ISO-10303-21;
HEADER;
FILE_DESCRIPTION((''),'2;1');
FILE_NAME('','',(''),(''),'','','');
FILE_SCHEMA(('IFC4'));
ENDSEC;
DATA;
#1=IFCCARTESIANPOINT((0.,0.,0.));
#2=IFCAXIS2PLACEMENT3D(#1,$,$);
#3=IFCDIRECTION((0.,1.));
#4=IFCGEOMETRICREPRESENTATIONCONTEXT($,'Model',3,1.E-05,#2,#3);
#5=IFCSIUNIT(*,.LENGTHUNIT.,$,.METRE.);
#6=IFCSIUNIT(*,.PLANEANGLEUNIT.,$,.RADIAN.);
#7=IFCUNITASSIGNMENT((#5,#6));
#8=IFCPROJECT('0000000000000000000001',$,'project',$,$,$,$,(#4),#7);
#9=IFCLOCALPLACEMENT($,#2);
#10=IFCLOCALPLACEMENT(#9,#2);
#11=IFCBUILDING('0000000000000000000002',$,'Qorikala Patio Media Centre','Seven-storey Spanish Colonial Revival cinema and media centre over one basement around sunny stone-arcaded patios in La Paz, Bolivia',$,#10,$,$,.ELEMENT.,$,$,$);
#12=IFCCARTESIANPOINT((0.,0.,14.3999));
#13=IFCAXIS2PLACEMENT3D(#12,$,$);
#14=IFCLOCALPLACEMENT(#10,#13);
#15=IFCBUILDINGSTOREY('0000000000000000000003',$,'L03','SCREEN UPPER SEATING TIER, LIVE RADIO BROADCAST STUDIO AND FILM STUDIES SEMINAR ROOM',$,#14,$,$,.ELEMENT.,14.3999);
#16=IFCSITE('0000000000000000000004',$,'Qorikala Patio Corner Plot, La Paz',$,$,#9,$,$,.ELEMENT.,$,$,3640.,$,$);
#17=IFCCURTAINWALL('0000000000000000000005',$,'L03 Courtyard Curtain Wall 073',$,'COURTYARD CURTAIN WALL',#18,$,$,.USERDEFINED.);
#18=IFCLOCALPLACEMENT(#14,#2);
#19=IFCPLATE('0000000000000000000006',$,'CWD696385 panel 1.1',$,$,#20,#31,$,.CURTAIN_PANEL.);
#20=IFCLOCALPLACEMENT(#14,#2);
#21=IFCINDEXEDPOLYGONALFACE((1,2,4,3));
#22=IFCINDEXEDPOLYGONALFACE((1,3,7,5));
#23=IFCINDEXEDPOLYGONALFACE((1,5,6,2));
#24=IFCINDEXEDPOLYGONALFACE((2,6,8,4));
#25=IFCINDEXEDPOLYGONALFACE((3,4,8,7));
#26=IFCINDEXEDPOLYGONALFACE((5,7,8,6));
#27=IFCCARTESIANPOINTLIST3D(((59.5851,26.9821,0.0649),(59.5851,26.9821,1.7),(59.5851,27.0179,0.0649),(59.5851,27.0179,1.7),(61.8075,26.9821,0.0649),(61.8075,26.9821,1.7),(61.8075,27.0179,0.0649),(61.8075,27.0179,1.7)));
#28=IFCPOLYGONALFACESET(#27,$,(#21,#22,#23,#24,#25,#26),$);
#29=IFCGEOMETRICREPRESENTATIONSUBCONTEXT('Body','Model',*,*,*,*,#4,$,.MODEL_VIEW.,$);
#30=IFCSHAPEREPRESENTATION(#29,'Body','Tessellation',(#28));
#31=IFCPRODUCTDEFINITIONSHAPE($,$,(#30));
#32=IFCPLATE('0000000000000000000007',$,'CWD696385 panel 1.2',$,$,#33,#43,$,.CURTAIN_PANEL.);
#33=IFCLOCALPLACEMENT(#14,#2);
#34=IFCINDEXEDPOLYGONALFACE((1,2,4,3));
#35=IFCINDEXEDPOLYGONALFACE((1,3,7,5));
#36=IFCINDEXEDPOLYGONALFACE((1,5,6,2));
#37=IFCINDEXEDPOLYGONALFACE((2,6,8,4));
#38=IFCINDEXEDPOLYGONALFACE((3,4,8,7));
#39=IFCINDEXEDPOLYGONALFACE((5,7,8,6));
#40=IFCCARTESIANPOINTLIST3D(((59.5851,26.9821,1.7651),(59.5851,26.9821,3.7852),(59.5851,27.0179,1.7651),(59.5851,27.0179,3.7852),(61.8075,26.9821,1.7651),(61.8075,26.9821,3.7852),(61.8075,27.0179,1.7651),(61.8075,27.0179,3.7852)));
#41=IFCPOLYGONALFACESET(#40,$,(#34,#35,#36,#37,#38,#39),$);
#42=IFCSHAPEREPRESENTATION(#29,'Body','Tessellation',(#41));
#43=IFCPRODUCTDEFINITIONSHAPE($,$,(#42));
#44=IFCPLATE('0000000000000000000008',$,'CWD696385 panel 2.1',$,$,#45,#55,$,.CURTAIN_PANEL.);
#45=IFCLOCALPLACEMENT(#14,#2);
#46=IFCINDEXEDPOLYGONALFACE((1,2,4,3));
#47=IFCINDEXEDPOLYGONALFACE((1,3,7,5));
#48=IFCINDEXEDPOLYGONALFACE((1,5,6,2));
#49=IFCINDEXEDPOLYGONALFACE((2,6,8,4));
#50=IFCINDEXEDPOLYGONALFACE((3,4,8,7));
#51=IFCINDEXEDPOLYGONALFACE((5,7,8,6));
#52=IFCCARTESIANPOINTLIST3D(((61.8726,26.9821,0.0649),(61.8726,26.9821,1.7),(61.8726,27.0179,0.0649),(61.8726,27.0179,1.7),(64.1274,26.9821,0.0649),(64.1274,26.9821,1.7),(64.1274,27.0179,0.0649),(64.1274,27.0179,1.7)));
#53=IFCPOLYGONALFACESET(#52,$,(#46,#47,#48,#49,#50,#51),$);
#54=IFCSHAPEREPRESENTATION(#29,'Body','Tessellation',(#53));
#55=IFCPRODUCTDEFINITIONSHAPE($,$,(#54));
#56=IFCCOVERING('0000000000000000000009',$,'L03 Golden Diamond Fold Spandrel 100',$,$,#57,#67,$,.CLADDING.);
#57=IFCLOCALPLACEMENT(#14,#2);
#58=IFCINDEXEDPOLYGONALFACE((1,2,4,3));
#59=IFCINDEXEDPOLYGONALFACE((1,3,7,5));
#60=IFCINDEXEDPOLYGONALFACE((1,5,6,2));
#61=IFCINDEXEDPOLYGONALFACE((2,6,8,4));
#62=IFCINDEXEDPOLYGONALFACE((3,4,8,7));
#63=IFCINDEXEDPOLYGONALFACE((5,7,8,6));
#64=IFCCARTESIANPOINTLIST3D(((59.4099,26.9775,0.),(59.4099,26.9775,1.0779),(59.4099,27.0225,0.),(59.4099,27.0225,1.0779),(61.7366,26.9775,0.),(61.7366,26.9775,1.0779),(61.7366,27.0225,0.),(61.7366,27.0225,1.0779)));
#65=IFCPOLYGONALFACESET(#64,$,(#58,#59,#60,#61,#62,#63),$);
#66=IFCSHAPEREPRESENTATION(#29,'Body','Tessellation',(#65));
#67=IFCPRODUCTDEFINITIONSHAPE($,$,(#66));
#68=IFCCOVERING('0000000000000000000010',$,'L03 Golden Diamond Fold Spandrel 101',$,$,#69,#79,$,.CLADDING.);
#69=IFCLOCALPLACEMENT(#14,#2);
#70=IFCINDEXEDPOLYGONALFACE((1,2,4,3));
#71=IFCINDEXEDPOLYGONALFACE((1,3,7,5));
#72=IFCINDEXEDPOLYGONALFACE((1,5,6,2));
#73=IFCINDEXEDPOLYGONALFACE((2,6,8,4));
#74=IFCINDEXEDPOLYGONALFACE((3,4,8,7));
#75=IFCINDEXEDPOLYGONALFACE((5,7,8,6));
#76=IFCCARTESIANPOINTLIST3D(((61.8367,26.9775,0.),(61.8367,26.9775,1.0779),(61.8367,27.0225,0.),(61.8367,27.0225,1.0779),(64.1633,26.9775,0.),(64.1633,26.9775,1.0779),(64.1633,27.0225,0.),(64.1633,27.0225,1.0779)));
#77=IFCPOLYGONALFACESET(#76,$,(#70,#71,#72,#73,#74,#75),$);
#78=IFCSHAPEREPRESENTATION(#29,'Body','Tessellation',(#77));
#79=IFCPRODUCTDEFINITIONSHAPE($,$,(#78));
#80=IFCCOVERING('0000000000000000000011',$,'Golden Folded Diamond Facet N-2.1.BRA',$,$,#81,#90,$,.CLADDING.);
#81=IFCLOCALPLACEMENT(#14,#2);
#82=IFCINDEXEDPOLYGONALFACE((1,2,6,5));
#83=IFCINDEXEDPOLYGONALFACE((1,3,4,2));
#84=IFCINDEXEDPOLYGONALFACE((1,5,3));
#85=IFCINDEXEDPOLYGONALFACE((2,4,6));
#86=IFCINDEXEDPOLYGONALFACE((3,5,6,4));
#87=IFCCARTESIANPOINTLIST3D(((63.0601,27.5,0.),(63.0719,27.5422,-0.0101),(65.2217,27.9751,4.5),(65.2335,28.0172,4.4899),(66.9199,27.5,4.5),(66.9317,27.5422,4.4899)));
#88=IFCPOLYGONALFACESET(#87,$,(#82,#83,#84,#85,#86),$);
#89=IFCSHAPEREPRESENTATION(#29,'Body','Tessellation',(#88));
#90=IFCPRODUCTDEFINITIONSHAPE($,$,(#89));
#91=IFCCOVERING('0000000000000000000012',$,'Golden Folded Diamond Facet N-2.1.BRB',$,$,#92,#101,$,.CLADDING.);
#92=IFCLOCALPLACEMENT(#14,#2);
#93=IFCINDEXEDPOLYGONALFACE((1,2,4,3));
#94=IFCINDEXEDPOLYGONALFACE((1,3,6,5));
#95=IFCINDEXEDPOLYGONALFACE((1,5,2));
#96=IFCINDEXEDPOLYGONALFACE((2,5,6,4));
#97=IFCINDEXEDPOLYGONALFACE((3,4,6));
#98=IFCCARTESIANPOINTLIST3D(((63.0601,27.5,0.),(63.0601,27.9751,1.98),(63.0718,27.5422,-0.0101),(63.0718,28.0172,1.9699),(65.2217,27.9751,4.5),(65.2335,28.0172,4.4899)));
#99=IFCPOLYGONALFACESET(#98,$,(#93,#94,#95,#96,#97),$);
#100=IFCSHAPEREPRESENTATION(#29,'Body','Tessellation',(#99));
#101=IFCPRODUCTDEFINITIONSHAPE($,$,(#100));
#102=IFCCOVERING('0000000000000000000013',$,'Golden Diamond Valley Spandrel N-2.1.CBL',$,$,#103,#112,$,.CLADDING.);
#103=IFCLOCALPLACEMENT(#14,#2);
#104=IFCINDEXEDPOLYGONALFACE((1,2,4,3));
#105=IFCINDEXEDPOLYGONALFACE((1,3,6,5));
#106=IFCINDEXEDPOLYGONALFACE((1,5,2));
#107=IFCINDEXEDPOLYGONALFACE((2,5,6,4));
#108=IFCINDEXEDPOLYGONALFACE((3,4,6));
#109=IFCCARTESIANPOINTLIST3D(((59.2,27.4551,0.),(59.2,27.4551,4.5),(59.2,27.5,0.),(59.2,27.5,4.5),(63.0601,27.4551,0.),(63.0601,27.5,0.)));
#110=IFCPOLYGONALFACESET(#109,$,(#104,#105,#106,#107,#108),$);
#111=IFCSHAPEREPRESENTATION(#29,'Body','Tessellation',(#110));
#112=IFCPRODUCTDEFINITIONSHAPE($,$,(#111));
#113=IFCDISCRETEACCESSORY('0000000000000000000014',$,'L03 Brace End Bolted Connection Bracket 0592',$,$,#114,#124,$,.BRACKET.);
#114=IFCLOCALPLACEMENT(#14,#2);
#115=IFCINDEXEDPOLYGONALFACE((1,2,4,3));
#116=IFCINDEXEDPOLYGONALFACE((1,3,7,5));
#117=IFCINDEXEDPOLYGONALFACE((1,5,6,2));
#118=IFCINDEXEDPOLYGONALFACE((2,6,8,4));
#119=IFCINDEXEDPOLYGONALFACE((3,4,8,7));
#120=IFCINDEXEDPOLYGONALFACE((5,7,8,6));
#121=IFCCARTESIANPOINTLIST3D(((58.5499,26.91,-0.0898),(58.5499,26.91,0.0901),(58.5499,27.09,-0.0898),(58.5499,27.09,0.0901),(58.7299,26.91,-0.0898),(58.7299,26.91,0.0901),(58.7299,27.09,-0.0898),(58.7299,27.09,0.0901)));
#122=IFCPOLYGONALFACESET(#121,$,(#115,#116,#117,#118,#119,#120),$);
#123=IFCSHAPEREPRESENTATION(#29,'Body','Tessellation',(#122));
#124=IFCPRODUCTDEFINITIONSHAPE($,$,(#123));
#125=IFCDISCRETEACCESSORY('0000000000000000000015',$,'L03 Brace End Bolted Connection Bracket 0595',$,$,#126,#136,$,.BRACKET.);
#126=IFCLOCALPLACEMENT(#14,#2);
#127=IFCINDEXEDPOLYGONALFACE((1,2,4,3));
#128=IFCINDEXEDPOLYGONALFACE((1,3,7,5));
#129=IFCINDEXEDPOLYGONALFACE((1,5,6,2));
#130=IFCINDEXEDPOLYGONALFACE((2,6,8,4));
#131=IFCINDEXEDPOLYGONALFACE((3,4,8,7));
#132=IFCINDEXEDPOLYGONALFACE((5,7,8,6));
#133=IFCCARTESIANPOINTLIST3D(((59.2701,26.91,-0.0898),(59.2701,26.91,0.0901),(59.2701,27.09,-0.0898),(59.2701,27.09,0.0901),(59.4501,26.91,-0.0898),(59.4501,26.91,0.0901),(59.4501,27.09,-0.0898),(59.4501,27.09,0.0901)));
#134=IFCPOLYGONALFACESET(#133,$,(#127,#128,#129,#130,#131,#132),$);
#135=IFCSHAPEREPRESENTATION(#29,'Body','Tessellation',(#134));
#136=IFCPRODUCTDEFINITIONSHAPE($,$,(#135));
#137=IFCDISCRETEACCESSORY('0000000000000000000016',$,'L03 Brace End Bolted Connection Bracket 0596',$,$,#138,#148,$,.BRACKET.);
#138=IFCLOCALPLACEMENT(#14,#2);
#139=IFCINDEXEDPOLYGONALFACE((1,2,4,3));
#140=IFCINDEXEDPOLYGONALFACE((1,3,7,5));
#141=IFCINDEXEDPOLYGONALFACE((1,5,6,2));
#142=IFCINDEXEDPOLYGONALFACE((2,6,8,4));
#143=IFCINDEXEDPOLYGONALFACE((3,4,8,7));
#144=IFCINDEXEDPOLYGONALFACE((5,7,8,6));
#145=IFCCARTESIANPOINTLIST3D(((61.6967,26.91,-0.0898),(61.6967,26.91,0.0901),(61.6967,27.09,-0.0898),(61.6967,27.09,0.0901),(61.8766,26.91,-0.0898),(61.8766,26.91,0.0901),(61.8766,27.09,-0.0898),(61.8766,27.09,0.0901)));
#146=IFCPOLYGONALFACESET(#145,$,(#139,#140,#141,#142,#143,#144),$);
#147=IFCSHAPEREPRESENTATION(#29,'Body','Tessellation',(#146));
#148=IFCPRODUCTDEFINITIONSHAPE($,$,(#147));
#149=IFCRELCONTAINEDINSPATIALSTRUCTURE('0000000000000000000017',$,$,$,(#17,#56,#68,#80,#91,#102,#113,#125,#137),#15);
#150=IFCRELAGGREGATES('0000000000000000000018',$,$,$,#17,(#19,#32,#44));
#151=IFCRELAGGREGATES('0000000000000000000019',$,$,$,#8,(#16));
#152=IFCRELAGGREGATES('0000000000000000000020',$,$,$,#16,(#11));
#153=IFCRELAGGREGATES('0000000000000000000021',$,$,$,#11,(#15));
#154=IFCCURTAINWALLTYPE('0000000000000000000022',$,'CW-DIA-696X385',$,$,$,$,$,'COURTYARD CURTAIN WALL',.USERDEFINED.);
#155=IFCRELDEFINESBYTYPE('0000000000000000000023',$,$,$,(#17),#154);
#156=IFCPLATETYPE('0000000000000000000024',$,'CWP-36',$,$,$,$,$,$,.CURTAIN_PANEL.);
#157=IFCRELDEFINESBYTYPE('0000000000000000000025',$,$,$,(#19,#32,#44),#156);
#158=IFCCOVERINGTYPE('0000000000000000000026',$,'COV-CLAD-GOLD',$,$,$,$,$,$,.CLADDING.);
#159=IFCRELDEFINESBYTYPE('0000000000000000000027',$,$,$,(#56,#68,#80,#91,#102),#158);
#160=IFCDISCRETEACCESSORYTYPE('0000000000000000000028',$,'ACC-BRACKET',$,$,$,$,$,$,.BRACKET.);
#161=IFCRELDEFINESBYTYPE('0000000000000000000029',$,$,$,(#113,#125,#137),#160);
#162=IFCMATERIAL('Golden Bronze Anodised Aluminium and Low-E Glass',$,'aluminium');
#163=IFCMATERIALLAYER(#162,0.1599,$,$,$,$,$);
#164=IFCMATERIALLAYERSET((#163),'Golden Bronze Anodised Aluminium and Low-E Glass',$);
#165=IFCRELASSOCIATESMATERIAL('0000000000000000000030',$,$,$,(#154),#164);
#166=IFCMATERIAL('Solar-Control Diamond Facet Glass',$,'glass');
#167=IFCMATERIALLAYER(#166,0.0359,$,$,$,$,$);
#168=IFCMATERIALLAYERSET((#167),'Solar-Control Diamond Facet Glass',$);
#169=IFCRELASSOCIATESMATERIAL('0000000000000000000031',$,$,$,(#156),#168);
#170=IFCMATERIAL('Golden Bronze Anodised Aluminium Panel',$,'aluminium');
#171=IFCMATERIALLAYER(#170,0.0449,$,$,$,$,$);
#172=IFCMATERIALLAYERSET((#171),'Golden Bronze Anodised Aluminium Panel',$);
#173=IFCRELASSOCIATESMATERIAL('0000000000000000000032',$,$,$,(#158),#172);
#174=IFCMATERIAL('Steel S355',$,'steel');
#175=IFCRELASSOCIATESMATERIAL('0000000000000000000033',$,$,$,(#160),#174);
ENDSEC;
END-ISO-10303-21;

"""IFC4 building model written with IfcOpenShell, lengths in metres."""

from ifc_helpers import new_model, si_unit, direction, frame, origin, origin_2d, place, context, subcontext, project, spatial, polyline, rectangle, outline, extrude, material, layer, layer_set, type_object, element, aggregate, save


model = new_model("IFC4")

# Units and contexts
model_context = context("Model", 3, precision=1e-05, world=origin(), true_north=direction((0.0, 1.0)))
body_context = subcontext(model_context, "Body", "Model", "MODEL_VIEW")
ifc_project = project(units=[si_unit("LENGTHUNIT", "METRE"), si_unit("PLANEANGLEUNIT", "RADIAN")], contexts=[model_context])

# Site, building, storey
site_placement = place(None, origin())
site = spatial("IfcSite", under=ifc_project, at=site_placement, Name="Qorikala Patio Corner Plot, La Paz", CompositionType="ELEMENT", RefElevation=3640.0)
building_placement = place(site_placement, origin())
building = spatial("IfcBuilding", under=site, at=building_placement, Name="Qorikala Patio Media Centre", Description="Seven-storey Spanish Colonial Revival cinema and media centre over one basement around sunny stone-arcaded patios in La Paz, Bolivia", CompositionType="ELEMENT")
storey_placement = place(building_placement, frame((0.0, 0.0, 14.3999)))
storey = spatial("IfcBuildingStorey", under=building, at=storey_placement, Name="L03", Description="SCREEN UPPER SEATING TIER, LIVE RADIO BROADCAST STUDIO AND FILM STUDIES SEMINAR ROOM", CompositionType="ELEMENT", Elevation=14.3999)

# Shared definitions
ifc_material_1 = material(Name="Golden Bronze Anodised Aluminium and Low-E Glass", Category="aluminium")
ifc_layer_1 = layer(ifc_material_1, 0.1599)
ifc_layer_set_1 = layer_set([ifc_layer_1], Name="Golden Bronze Anodised Aluminium and Low-E Glass")
curtain_wall_type = type_object("IfcCurtainWallType", Name="CW-DIA-696X385", ElementType="COURTYARD CURTAIN WALL", PredefinedType="USERDEFINED", material=ifc_layer_set_1)

# Curtain wall
curtain_wall_1_placement = place(storey_placement, origin())
curtain_wall_1 = element("IfcCurtainWall", 1, at=curtain_wall_1_placement, inside=storey, type_object=curtain_wall_type, Name="L03 Courtyard Curtain Wall 073", ObjectType="COURTYARD CURTAIN WALL", PredefinedType="USERDEFINED")

# Plates
ifc_material_2 = material(Name="Solar-Control Diamond Facet Glass", Category="glass")
ifc_layer_2 = layer(ifc_material_2, 0.0359)
ifc_layer_set_2 = layer_set([ifc_layer_2], Name="Solar-Control Diamond Facet Glass")
plate_type = type_object("IfcPlateType", Name="CWP-36", PredefinedType="CURTAIN_PANEL", material=ifc_layer_set_2)
plate_1_placement = place(storey_placement, frame((60.6963, 27.0, 0.0649), z_axis=(0.0, 0.0, 1.0), x_axis=(1.0, 0.0, 0.0)))
plate_1 = element("IfcPlate", 2, at=plate_1_placement, type_object=plate_type, Name="CWD696385 panel 1.1", PredefinedType="CURTAIN_PANEL", context=body_context, shape_type="SweptSolid", body=[
    extrude(rectangle(XDim=2.2224, YDim=0.0359, at=origin_2d()), origin(), (0.0, 0.0, 1.0), 1.635),
])
plate_2_placement = place(storey_placement, frame((60.6963, 27.0, 1.7651), z_axis=(0.0, 0.0, 1.0), x_axis=(1.0, 0.0, 0.0)))
plate_2 = element("IfcPlate", 3, at=plate_2_placement, type_object=plate_type, Name="CWD696385 panel 1.2", PredefinedType="CURTAIN_PANEL", context=body_context, shape_type="SweptSolid", body=[
    extrude(rectangle(XDim=2.2224, YDim=0.0359, at=origin_2d()), origin(), (0.0, 0.0, 1.0), 2.02),
])
plate_3_placement = place(storey_placement, frame((63.0, 27.0, 0.0649), z_axis=(0.0, 0.0, 1.0), x_axis=(1.0, 0.0, 0.0)))
plate_3 = element("IfcPlate", 4, at=plate_3_placement, type_object=plate_type, Name="CWD696385 panel 2.1", PredefinedType="CURTAIN_PANEL", context=body_context, shape_type="SweptSolid", body=[
    extrude(rectangle(XDim=2.2549, YDim=0.0359, at=origin_2d()), origin(), (0.0, 0.0, 1.0), 1.635),
])
aggregate(curtain_wall_1, [plate_1, plate_2, plate_3])

# Coverings
ifc_material_3 = material(Name="Golden Bronze Anodised Aluminium Panel", Category="aluminium")
ifc_layer_3 = layer(ifc_material_3, 0.0449)
ifc_layer_set_3 = layer_set([ifc_layer_3], Name="Golden Bronze Anodised Aluminium Panel")
covering_type = type_object("IfcCoveringType", Name="COV-CLAD-GOLD", PredefinedType="CLADDING", material=ifc_layer_set_3)
for number, where, z_axis, x_axis, name in (
    (5, (60.5732, 27.0, 0.0), (0.0, 0.0, 1.0), (1.0, 0.0, 0.0), "L03 Golden Diamond Fold Spandrel 100"),
    (6, (63.0, 27.0, 0.0), (0.0, 0.0, 1.0), (1.0, 0.0, 0.0), "L03 Golden Diamond Fold Spandrel 101"),
):
    element("IfcCovering", number, at=place(storey_placement, frame(where, z_axis=z_axis, x_axis=x_axis)), inside=storey, type_object=covering_type, Name=name, PredefinedType="CLADDING", context=body_context, shape_type="SweptSolid", body=[
        extrude(rectangle(XDim=2.3267, YDim=0.0449, at=origin_2d()), origin(), (0.0, 0.0, 1.0), 1.0779),
    ])
covering_1_placement = place(storey_placement, frame((63.0601, 27.5, 0.0), z_axis=(-0.262496, -0.938297, 0.225156), x_axis=(0.651056, 0.0, 0.75903)))
element("IfcCovering", 7, at=covering_1_placement, inside=storey, type_object=covering_type, Name="Golden Folded Diamond Facet N-2.1.BRA", PredefinedType="CLADDING", context=body_context, shape_type="SweptSolid", body=[
    extrude(outline(polyline([(0.0, 0.0), (5.9286, 0.0), (4.823, 1.3738), (0.0, 0.0)])), origin(), (0.0, 0.0, -1.0), 0.0449),
])
covering_2_placement = place(storey_placement, frame((63.0601, 27.5, 0.0), z_axis=(-0.262476, -0.938304, 0.225147), x_axis=(0.431047, 0.094739, 0.897342)))
element("IfcCovering", 8, at=covering_2_placement, inside=storey, type_object=covering_type, Name="Golden Folded Diamond Facet N-2.1.BRB", PredefinedType="CLADDING", context=body_context, shape_type="SweptSolid", body=[
    extrude(outline(polyline([(0.0, 0.0), (5.0148, 0.0), (1.8217, 0.9096), (0.0, 0.0)])), origin(), (0.0, 0.0, -1.0), 0.0449),
])
covering_3_placement = place(storey_placement, frame((59.2, 27.5, 0.0), z_axis=(0.0, 1.0, 0.0), x_axis=(0.0, 0.0, 1.0)))
element("IfcCovering", 9, at=covering_3_placement, inside=storey, type_object=covering_type, Name="Golden Diamond Valley Spandrel N-2.1.CBL", PredefinedType="CLADDING", context=body_context, shape_type="SweptSolid", body=[
    extrude(outline(polyline([(0.0, 0.0), (4.5, 0.0), (0.0, 3.8601), (0.0, 0.0)])), origin(), (0.0, 0.0, -1.0), 0.0449),
])

# Discrete accessories
ifc_material_4 = material(Name="Steel S355", Category="steel")
discrete_accessory_type = type_object("IfcDiscreteAccessoryType", Name="ACC-BRACKET", PredefinedType="BRACKET", material=ifc_material_4)
for number, where, z_axis, x_axis, name in (
    (10, (58.6399, 27.0, -0.0898), (0.0, 0.0, 1.0), (1.0, 0.0, 0.0), "L03 Brace End Bolted Connection Bracket 0592"),
    (11, (59.3601, 27.0, -0.0898), (0.0, 0.0, 1.0), (1.0, 0.0, 0.0), "L03 Brace End Bolted Connection Bracket 0595"),
    (12, (61.7866, 27.0, -0.0898), (0.0, 0.0, 1.0), (1.0, 0.0, 0.0), "L03 Brace End Bolted Connection Bracket 0596"),
):
    element("IfcDiscreteAccessory", number, at=place(storey_placement, frame(where, z_axis=z_axis, x_axis=x_axis)), inside=storey, type_object=discrete_accessory_type, Name=name, PredefinedType="BRACKET", context=body_context, shape_type="SweptSolid", body=[
        extrude(rectangle(XDim=0.1799, YDim=0.1799, at=origin_2d()), origin(), (0.0, 0.0, 1.0), 0.1799),
    ])

save(model, "model.ifc")
